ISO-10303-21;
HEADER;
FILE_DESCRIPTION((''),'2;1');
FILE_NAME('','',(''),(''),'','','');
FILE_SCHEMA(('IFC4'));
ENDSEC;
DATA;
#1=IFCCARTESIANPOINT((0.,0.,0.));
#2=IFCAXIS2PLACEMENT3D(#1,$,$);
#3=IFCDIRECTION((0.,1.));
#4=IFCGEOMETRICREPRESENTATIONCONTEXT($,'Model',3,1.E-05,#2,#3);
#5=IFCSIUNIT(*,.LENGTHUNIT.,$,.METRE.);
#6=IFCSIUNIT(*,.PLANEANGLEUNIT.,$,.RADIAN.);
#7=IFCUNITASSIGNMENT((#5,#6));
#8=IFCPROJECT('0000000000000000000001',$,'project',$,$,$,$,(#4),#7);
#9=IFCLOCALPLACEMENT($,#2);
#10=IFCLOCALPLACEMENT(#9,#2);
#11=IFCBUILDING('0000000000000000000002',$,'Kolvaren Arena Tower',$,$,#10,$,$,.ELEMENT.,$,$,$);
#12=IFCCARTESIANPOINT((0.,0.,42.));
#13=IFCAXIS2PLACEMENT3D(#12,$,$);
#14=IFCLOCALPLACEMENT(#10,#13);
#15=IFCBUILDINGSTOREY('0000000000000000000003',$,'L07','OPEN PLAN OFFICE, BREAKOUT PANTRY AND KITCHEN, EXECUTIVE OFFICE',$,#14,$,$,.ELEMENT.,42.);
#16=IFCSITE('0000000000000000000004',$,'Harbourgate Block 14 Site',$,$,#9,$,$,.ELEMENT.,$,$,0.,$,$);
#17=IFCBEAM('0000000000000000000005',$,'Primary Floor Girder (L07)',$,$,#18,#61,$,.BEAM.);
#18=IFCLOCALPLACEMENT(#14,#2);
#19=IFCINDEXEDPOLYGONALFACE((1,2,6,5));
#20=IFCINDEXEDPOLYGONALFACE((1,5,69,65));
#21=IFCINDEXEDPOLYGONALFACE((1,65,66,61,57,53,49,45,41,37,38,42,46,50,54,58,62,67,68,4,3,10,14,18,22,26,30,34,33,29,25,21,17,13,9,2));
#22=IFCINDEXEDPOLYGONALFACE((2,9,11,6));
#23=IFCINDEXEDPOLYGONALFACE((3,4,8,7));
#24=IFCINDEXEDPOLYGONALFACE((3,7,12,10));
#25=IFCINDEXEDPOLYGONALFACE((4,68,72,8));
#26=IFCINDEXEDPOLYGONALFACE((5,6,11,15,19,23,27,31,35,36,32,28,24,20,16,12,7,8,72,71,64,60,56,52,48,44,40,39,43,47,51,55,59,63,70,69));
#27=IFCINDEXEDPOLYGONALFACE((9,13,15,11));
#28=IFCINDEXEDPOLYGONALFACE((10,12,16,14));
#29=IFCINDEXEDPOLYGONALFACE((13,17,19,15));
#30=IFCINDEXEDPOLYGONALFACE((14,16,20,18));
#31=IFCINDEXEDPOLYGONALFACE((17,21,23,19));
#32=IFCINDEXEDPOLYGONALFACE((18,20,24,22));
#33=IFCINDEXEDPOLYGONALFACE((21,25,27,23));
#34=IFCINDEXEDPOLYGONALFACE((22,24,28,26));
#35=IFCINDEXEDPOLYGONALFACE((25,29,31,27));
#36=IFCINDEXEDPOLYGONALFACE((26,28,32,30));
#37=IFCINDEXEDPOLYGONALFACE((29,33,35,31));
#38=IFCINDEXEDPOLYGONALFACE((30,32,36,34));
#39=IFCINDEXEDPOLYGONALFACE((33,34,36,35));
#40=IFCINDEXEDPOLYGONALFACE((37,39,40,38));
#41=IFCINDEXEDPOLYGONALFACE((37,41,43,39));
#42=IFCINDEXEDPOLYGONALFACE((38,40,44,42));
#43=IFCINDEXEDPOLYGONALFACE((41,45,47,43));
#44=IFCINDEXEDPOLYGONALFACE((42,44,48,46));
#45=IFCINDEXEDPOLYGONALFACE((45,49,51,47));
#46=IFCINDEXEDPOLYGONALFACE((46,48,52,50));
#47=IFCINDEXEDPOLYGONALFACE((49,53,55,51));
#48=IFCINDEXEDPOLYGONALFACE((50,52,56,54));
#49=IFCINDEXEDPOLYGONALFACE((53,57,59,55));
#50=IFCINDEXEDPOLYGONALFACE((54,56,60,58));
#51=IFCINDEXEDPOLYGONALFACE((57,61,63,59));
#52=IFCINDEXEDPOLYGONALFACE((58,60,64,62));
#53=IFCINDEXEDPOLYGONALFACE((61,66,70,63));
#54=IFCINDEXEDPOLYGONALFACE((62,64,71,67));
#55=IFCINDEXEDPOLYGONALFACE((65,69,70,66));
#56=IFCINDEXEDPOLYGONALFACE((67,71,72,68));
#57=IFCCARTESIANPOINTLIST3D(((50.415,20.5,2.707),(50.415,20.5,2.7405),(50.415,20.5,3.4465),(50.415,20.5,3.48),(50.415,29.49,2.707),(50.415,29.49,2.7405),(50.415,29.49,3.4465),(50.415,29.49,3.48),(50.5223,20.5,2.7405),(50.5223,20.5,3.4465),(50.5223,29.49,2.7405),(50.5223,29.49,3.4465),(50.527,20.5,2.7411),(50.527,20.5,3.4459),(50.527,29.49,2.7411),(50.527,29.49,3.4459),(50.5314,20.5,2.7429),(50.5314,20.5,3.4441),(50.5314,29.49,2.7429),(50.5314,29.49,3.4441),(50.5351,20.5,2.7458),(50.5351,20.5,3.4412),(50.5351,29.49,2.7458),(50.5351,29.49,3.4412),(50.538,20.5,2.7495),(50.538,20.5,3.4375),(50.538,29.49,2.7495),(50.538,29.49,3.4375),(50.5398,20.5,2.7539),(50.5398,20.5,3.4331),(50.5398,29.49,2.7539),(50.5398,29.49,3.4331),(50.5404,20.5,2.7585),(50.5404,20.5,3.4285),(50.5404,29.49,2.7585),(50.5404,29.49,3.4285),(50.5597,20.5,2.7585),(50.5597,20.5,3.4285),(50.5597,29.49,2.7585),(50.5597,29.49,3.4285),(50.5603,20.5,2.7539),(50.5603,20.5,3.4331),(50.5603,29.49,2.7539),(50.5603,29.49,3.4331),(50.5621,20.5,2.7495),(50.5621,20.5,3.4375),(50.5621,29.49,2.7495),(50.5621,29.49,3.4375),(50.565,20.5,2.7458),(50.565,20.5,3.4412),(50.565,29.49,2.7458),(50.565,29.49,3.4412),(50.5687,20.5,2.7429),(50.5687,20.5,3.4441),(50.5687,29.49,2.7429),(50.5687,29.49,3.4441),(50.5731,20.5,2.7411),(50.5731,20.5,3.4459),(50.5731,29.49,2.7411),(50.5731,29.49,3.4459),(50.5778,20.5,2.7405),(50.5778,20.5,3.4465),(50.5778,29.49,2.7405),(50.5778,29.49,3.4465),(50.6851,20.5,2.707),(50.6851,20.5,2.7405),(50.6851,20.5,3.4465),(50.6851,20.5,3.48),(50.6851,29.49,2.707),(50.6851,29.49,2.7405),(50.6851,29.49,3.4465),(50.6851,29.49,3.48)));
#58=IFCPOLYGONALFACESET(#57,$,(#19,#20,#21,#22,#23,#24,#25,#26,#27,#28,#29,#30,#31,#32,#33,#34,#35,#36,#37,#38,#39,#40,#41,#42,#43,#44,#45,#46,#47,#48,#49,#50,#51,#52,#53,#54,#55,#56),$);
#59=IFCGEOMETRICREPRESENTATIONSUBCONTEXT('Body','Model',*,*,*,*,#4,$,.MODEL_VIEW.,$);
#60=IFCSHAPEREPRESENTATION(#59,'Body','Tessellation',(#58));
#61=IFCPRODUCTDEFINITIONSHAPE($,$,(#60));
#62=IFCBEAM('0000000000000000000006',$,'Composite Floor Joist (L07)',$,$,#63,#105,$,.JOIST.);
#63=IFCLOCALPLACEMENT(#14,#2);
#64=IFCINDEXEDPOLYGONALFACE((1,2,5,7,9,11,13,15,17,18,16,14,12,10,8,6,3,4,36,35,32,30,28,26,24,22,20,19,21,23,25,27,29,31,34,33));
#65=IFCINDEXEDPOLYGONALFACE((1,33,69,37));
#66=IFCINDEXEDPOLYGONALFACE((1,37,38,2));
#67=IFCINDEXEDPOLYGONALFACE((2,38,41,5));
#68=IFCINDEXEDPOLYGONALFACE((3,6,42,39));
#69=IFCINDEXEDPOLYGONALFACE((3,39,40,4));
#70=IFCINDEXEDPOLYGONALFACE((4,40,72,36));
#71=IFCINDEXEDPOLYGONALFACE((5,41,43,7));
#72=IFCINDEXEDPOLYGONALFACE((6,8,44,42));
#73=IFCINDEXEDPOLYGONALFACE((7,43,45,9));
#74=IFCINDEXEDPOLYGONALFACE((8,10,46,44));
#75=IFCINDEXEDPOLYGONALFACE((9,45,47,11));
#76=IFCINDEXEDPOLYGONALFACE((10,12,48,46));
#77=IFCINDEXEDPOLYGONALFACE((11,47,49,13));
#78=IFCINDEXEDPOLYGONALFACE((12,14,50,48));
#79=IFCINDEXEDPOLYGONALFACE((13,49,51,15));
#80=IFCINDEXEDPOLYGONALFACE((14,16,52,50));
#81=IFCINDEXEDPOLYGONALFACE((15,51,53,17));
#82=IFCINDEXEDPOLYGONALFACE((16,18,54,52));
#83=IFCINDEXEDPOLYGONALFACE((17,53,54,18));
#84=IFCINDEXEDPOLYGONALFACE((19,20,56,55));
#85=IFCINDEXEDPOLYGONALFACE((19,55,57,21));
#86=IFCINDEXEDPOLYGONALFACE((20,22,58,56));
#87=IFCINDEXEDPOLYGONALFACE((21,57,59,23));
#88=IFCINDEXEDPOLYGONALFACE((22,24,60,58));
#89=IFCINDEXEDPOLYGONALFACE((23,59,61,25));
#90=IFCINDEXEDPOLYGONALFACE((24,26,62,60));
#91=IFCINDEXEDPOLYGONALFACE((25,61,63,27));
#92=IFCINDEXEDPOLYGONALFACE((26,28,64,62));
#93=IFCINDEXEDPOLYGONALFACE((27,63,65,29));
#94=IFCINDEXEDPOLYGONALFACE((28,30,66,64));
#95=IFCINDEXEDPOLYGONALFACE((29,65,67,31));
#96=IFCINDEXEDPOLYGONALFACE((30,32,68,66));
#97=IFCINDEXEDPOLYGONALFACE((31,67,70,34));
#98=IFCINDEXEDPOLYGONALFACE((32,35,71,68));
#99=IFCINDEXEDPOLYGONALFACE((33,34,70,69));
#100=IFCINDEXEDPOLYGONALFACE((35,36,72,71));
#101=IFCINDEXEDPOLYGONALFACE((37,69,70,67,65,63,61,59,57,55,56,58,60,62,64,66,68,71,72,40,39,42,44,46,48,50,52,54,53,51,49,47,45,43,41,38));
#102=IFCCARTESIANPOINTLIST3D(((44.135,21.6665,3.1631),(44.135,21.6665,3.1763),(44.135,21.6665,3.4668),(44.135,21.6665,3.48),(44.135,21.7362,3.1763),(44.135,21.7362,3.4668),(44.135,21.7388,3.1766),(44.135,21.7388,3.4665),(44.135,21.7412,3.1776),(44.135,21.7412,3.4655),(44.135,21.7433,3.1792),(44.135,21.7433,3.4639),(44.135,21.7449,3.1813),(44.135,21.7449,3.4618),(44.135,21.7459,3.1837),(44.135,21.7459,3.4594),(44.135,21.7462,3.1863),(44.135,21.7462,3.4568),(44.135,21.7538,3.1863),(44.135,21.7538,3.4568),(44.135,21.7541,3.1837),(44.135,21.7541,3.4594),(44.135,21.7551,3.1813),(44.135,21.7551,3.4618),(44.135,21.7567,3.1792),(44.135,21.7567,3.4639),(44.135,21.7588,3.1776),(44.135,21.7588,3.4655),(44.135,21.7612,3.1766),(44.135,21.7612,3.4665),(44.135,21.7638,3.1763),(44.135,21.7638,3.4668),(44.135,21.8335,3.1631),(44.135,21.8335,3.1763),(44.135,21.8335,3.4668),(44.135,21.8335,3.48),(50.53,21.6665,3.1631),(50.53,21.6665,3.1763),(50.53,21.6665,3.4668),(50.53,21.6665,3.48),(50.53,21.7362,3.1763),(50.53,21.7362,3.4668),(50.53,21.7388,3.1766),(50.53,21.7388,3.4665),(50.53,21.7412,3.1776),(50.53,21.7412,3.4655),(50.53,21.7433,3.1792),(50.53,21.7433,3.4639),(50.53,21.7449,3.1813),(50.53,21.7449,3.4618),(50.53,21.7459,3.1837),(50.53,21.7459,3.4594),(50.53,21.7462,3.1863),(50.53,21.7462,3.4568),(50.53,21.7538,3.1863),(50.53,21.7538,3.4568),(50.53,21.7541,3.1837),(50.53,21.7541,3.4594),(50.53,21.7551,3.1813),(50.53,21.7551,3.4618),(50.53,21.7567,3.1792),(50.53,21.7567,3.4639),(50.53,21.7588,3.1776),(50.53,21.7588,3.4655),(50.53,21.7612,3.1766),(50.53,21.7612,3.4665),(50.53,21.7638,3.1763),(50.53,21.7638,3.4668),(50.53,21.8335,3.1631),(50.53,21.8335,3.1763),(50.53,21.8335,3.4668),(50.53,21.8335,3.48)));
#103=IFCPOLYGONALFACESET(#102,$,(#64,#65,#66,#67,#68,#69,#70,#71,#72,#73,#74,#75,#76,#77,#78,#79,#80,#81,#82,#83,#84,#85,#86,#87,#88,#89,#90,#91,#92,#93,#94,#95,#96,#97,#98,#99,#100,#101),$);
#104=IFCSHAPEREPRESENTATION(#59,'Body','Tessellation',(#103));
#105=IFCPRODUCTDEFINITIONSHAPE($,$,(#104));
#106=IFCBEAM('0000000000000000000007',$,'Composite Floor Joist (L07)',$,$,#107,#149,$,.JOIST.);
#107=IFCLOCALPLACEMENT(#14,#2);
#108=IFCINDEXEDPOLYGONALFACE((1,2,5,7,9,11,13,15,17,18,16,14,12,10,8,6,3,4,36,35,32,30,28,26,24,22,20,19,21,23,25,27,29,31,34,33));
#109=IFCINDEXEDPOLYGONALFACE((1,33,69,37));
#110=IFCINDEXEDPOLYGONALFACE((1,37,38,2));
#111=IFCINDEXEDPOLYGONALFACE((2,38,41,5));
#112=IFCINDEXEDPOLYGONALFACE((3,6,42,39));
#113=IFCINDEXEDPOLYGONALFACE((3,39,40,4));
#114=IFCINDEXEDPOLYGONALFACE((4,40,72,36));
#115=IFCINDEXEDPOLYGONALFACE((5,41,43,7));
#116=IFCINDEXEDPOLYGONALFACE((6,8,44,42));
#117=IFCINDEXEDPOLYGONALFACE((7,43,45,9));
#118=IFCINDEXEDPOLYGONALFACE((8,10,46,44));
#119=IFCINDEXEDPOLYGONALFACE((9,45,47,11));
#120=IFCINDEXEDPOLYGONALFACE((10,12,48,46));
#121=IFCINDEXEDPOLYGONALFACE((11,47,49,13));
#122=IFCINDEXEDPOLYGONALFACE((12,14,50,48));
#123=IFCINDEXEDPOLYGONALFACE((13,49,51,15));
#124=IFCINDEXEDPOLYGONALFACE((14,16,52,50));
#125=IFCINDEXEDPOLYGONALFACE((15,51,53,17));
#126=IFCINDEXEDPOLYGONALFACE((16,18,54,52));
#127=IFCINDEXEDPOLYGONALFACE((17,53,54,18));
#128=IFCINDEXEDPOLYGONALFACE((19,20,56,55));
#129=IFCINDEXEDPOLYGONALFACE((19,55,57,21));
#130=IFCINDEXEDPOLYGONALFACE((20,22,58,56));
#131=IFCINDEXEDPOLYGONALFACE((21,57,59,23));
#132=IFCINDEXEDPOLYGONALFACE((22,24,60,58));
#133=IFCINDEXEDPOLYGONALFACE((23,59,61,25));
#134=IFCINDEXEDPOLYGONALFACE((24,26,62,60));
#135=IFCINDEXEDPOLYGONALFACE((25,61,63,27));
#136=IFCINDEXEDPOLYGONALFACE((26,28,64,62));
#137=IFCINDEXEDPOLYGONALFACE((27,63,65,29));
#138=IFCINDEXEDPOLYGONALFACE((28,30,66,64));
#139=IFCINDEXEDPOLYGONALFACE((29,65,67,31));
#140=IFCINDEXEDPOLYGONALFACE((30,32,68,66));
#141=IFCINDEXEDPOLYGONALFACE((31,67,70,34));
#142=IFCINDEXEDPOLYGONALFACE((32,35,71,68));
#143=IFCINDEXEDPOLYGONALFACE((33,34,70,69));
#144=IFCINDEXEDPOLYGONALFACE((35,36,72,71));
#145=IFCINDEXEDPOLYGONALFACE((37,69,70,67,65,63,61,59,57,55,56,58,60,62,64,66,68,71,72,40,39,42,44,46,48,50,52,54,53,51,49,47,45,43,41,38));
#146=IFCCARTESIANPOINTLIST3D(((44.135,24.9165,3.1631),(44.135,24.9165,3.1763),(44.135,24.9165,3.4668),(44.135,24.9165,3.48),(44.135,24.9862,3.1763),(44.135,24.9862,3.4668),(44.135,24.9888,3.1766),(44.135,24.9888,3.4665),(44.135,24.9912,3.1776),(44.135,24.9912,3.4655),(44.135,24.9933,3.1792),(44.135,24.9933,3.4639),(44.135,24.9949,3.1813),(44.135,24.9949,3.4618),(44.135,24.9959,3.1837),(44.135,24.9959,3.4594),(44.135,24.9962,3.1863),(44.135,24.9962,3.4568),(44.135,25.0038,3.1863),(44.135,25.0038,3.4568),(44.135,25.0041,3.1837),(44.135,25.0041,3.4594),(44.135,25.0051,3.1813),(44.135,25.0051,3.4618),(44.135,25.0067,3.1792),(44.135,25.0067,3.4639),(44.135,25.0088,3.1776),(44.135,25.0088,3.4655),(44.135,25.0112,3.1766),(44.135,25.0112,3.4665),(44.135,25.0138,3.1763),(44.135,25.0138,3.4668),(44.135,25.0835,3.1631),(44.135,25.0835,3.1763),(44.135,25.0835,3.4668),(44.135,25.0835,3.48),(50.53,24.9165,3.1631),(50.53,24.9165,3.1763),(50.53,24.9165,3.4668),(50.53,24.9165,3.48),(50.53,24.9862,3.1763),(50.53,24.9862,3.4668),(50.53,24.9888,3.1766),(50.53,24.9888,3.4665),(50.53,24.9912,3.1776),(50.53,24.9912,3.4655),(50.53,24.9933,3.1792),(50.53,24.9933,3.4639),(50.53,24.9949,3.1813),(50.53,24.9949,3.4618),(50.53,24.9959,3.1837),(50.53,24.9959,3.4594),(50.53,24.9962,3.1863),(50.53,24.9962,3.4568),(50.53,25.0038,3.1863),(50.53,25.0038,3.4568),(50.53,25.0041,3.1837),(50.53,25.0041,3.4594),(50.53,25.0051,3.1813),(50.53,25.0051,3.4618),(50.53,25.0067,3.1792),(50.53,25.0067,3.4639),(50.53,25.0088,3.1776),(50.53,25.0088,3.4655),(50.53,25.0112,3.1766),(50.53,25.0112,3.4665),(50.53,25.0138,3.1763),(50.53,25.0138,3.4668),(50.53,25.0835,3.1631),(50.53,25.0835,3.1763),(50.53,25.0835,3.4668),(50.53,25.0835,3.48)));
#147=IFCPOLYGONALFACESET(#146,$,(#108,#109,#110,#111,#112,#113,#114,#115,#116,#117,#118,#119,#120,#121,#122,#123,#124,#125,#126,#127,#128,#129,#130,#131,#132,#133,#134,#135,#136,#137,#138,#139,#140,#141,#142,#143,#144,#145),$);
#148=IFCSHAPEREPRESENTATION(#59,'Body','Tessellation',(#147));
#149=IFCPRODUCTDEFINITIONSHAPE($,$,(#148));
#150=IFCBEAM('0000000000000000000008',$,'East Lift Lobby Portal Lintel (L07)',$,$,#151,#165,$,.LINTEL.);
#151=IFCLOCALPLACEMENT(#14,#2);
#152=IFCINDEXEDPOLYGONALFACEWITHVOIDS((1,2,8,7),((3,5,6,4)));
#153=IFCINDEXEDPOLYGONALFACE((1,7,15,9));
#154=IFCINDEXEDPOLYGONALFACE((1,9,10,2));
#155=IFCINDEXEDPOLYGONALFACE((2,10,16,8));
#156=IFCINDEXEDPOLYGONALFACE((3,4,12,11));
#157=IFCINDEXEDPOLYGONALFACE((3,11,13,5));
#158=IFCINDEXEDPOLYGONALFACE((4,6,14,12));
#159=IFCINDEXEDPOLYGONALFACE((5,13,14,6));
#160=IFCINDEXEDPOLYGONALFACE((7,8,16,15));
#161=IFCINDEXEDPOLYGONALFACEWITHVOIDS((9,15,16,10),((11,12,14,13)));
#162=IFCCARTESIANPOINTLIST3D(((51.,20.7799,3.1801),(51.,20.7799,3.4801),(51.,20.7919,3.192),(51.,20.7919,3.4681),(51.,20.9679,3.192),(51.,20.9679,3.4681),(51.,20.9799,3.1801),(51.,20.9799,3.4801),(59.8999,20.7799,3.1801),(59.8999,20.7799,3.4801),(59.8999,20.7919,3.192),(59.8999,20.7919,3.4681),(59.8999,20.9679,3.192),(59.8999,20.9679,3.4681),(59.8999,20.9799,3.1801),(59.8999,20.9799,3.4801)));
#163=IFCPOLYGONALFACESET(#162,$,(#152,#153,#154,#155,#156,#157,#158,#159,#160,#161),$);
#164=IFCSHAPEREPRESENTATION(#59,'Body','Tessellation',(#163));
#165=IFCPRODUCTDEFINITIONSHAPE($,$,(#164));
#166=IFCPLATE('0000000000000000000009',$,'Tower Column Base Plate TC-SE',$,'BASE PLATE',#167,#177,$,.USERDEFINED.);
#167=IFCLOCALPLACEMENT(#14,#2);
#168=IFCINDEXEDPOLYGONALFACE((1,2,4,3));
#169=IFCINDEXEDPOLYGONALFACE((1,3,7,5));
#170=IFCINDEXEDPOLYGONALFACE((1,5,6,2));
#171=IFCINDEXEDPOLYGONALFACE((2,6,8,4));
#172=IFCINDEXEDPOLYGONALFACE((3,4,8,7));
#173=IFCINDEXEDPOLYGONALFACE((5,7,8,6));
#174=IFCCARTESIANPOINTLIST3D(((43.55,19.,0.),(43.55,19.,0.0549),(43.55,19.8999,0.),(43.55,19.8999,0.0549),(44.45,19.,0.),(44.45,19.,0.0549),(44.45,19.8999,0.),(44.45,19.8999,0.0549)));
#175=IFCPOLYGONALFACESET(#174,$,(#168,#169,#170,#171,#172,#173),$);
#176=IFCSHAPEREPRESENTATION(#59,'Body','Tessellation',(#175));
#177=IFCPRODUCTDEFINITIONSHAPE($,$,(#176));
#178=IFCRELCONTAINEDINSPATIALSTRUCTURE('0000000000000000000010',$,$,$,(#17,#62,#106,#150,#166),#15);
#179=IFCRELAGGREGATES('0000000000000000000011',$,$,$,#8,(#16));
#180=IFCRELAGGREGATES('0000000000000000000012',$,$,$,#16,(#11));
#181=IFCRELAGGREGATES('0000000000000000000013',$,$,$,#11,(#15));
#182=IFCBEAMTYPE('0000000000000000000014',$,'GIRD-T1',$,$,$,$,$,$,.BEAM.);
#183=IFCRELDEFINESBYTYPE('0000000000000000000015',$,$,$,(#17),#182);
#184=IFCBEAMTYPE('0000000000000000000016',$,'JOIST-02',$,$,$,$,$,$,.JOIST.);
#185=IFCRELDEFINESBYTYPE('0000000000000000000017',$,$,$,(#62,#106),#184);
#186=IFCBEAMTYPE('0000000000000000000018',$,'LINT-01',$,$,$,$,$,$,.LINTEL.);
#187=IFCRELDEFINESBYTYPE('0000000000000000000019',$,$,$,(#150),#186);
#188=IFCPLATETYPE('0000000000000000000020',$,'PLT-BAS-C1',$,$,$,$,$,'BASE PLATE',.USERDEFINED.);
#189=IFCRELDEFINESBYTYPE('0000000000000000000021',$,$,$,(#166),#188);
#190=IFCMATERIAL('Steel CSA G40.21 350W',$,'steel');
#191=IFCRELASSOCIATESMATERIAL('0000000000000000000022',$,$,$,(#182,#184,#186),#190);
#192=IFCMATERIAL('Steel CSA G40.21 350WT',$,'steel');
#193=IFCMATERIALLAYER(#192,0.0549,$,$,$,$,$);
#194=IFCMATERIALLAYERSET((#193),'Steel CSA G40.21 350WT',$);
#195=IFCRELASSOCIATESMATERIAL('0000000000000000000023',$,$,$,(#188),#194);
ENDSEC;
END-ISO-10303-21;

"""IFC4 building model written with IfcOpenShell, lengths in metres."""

from ifc_helpers import new_model, si_unit, direction, frame, origin, origin_2d, place, context, subcontext, project, spatial, rectangle, hollow_rectangle, i_section, extrude, material, layer, layer_set, material_profile, profile_set, type_object, element, save


model = new_model("IFC4")

# Units and contexts
model_context = context("Model", 3, precision=1e-05, world=origin(), true_north=direction((0.0, 1.0)))
body_context = subcontext(model_context, "Body", "Model", "MODEL_VIEW")
ifc_project = project(units=[si_unit("LENGTHUNIT", "METRE"), si_unit("PLANEANGLEUNIT", "RADIAN")], contexts=[model_context])

# Site, building, storey
site_placement = place(None, origin())
site = spatial("IfcSite", under=ifc_project, at=site_placement, Name="Harbourgate Block 14 Site", CompositionType="ELEMENT", RefElevation=0.0)
building_placement = place(site_placement, origin())
building = spatial("IfcBuilding", under=site, at=building_placement, Name="Kolvaren Arena Tower", CompositionType="ELEMENT")
storey_placement = place(building_placement, frame((0.0, 0.0, 42.0)))
storey = spatial("IfcBuildingStorey", under=building, at=storey_placement, Name="L07", Description="OPEN PLAN OFFICE, BREAKOUT PANTRY AND KITCHEN, EXECUTIVE OFFICE", CompositionType="ELEMENT", Elevation=42.0)

# Beams
ifc_material_1 = material(Name="Steel CSA G40.21 350W", Category="steel")
ifc_material_profile_1 = material_profile(ifc_material_1, i_section(OverallWidth=0.27, OverallDepth=0.7729, WebThickness=0.0193, FlangeThickness=0.0334, FilletRadius=0.0181, at=origin_2d()), Name="W760x257")
ifc_profile_set_1 = profile_set([ifc_material_profile_1], Name="Steel CSA G40.21 350W")
beam_type_1 = type_object("IfcBeamType", Name="GIRD-T1", PredefinedType="BEAM", material=ifc_profile_set_1)
beam_1_placement = place(storey_placement, frame((50.55, 20.5, 3.0935), z_axis=(0.0, 1.0, 0.0), x_axis=(-1.0, 0.0, 0.0)))
element("IfcBeam", 1, at=beam_1_placement, inside=storey, type_object=beam_type_1, Name="Primary Floor Girder (L07)", PredefinedType="BEAM", context=body_context, shape_type="SweptSolid", body=[
    extrude(i_section(OverallWidth=0.27, OverallDepth=0.7729, WebThickness=0.0193, FlangeThickness=0.0334, FilletRadius=0.0181, at=origin_2d()), origin(), (0.0, 0.0, 1.0), 8.99),
])
ifc_material_profile_2 = material_profile(ifc_material_1, i_section(OverallWidth=0.167, OverallDepth=0.3169, WebThickness=0.0076, FlangeThickness=0.0132, FilletRadius=0.01, at=origin_2d()), Name="W310x52")
ifc_profile_set_2 = profile_set([ifc_material_profile_2], Name="Steel CSA G40.21 350W")
beam_type_2 = type_object("IfcBeamType", Name="JOIST-02", PredefinedType="JOIST", material=ifc_profile_set_2)
for number, where, z_axis, x_axis, name in (
    (2, (44.135, 21.75, 3.3215), (1.0, 0.0, 0.0), (0.0, 1.0, 0.0), "Composite Floor Joist (L07)"),
    (3, (44.135, 25.0, 3.3215), (1.0, 0.0, 0.0), (0.0, 1.0, 0.0), "Composite Floor Joist (L07)"),
):
    element("IfcBeam", number, at=place(storey_placement, frame(where, z_axis=z_axis, x_axis=x_axis)), inside=storey, type_object=beam_type_2, Name=name, PredefinedType="JOIST", context=body_context, shape_type="SweptSolid", body=[
        extrude(i_section(OverallWidth=0.167, OverallDepth=0.3169, WebThickness=0.0076, FlangeThickness=0.0132, FilletRadius=0.01, at=origin_2d()), origin(), (0.0, 0.0, 1.0), 6.395),
    ])
ifc_material_profile_3 = material_profile(ifc_material_1, hollow_rectangle(XDim=0.2, YDim=0.3, WallThickness=0.012, at=origin_2d()), Name="HSS 300x200x12")
ifc_profile_set_3 = profile_set([ifc_material_profile_3], Name="Steel CSA G40.21 350W")
beam_type_3 = type_object("IfcBeamType", Name="LINT-01", PredefinedType="LINTEL", material=ifc_profile_set_3)
beam_2_placement = place(storey_placement, frame((51.0, 20.8799, 3.3301), z_axis=(1.0, 0.0, 0.0), x_axis=(0.0, 1.0, 0.0)))
element("IfcBeam", 4, at=beam_2_placement, inside=storey, type_object=beam_type_3, Name="East Lift Lobby Portal Lintel (L07)", PredefinedType="LINTEL", context=body_context, shape_type="SweptSolid", body=[
    extrude(hollow_rectangle(XDim=0.2, YDim=0.3, WallThickness=0.012, at=origin_2d()), origin(), (0.0, 0.0, 1.0), 8.8999),
])

# Plate
ifc_material_2 = material(Name="Steel CSA G40.21 350WT", Category="steel")
ifc_layer_1 = layer(ifc_material_2, 0.0549)
ifc_layer_set_1 = layer_set([ifc_layer_1], Name="Steel CSA G40.21 350WT")
plate_type = type_object("IfcPlateType", Name="PLT-BAS-C1", ElementType="BASE PLATE", PredefinedType="USERDEFINED", material=ifc_layer_set_1)
plate_placement = place(storey_placement, frame((44.0, 19.45, 0.0), z_axis=(0.0, 0.0, 1.0), x_axis=(1.0, 0.0, 0.0)))
element("IfcPlate", 5, at=plate_placement, inside=storey, type_object=plate_type, Name="Tower Column Base Plate TC-SE", ObjectType="BASE PLATE", PredefinedType="USERDEFINED", context=body_context, shape_type="SweptSolid", body=[
    extrude(rectangle(XDim=0.8999, YDim=0.8999, at=origin_2d()), origin(), (0.0, 0.0, 1.0), 0.0549),
])

save(model, "model.ifc")
